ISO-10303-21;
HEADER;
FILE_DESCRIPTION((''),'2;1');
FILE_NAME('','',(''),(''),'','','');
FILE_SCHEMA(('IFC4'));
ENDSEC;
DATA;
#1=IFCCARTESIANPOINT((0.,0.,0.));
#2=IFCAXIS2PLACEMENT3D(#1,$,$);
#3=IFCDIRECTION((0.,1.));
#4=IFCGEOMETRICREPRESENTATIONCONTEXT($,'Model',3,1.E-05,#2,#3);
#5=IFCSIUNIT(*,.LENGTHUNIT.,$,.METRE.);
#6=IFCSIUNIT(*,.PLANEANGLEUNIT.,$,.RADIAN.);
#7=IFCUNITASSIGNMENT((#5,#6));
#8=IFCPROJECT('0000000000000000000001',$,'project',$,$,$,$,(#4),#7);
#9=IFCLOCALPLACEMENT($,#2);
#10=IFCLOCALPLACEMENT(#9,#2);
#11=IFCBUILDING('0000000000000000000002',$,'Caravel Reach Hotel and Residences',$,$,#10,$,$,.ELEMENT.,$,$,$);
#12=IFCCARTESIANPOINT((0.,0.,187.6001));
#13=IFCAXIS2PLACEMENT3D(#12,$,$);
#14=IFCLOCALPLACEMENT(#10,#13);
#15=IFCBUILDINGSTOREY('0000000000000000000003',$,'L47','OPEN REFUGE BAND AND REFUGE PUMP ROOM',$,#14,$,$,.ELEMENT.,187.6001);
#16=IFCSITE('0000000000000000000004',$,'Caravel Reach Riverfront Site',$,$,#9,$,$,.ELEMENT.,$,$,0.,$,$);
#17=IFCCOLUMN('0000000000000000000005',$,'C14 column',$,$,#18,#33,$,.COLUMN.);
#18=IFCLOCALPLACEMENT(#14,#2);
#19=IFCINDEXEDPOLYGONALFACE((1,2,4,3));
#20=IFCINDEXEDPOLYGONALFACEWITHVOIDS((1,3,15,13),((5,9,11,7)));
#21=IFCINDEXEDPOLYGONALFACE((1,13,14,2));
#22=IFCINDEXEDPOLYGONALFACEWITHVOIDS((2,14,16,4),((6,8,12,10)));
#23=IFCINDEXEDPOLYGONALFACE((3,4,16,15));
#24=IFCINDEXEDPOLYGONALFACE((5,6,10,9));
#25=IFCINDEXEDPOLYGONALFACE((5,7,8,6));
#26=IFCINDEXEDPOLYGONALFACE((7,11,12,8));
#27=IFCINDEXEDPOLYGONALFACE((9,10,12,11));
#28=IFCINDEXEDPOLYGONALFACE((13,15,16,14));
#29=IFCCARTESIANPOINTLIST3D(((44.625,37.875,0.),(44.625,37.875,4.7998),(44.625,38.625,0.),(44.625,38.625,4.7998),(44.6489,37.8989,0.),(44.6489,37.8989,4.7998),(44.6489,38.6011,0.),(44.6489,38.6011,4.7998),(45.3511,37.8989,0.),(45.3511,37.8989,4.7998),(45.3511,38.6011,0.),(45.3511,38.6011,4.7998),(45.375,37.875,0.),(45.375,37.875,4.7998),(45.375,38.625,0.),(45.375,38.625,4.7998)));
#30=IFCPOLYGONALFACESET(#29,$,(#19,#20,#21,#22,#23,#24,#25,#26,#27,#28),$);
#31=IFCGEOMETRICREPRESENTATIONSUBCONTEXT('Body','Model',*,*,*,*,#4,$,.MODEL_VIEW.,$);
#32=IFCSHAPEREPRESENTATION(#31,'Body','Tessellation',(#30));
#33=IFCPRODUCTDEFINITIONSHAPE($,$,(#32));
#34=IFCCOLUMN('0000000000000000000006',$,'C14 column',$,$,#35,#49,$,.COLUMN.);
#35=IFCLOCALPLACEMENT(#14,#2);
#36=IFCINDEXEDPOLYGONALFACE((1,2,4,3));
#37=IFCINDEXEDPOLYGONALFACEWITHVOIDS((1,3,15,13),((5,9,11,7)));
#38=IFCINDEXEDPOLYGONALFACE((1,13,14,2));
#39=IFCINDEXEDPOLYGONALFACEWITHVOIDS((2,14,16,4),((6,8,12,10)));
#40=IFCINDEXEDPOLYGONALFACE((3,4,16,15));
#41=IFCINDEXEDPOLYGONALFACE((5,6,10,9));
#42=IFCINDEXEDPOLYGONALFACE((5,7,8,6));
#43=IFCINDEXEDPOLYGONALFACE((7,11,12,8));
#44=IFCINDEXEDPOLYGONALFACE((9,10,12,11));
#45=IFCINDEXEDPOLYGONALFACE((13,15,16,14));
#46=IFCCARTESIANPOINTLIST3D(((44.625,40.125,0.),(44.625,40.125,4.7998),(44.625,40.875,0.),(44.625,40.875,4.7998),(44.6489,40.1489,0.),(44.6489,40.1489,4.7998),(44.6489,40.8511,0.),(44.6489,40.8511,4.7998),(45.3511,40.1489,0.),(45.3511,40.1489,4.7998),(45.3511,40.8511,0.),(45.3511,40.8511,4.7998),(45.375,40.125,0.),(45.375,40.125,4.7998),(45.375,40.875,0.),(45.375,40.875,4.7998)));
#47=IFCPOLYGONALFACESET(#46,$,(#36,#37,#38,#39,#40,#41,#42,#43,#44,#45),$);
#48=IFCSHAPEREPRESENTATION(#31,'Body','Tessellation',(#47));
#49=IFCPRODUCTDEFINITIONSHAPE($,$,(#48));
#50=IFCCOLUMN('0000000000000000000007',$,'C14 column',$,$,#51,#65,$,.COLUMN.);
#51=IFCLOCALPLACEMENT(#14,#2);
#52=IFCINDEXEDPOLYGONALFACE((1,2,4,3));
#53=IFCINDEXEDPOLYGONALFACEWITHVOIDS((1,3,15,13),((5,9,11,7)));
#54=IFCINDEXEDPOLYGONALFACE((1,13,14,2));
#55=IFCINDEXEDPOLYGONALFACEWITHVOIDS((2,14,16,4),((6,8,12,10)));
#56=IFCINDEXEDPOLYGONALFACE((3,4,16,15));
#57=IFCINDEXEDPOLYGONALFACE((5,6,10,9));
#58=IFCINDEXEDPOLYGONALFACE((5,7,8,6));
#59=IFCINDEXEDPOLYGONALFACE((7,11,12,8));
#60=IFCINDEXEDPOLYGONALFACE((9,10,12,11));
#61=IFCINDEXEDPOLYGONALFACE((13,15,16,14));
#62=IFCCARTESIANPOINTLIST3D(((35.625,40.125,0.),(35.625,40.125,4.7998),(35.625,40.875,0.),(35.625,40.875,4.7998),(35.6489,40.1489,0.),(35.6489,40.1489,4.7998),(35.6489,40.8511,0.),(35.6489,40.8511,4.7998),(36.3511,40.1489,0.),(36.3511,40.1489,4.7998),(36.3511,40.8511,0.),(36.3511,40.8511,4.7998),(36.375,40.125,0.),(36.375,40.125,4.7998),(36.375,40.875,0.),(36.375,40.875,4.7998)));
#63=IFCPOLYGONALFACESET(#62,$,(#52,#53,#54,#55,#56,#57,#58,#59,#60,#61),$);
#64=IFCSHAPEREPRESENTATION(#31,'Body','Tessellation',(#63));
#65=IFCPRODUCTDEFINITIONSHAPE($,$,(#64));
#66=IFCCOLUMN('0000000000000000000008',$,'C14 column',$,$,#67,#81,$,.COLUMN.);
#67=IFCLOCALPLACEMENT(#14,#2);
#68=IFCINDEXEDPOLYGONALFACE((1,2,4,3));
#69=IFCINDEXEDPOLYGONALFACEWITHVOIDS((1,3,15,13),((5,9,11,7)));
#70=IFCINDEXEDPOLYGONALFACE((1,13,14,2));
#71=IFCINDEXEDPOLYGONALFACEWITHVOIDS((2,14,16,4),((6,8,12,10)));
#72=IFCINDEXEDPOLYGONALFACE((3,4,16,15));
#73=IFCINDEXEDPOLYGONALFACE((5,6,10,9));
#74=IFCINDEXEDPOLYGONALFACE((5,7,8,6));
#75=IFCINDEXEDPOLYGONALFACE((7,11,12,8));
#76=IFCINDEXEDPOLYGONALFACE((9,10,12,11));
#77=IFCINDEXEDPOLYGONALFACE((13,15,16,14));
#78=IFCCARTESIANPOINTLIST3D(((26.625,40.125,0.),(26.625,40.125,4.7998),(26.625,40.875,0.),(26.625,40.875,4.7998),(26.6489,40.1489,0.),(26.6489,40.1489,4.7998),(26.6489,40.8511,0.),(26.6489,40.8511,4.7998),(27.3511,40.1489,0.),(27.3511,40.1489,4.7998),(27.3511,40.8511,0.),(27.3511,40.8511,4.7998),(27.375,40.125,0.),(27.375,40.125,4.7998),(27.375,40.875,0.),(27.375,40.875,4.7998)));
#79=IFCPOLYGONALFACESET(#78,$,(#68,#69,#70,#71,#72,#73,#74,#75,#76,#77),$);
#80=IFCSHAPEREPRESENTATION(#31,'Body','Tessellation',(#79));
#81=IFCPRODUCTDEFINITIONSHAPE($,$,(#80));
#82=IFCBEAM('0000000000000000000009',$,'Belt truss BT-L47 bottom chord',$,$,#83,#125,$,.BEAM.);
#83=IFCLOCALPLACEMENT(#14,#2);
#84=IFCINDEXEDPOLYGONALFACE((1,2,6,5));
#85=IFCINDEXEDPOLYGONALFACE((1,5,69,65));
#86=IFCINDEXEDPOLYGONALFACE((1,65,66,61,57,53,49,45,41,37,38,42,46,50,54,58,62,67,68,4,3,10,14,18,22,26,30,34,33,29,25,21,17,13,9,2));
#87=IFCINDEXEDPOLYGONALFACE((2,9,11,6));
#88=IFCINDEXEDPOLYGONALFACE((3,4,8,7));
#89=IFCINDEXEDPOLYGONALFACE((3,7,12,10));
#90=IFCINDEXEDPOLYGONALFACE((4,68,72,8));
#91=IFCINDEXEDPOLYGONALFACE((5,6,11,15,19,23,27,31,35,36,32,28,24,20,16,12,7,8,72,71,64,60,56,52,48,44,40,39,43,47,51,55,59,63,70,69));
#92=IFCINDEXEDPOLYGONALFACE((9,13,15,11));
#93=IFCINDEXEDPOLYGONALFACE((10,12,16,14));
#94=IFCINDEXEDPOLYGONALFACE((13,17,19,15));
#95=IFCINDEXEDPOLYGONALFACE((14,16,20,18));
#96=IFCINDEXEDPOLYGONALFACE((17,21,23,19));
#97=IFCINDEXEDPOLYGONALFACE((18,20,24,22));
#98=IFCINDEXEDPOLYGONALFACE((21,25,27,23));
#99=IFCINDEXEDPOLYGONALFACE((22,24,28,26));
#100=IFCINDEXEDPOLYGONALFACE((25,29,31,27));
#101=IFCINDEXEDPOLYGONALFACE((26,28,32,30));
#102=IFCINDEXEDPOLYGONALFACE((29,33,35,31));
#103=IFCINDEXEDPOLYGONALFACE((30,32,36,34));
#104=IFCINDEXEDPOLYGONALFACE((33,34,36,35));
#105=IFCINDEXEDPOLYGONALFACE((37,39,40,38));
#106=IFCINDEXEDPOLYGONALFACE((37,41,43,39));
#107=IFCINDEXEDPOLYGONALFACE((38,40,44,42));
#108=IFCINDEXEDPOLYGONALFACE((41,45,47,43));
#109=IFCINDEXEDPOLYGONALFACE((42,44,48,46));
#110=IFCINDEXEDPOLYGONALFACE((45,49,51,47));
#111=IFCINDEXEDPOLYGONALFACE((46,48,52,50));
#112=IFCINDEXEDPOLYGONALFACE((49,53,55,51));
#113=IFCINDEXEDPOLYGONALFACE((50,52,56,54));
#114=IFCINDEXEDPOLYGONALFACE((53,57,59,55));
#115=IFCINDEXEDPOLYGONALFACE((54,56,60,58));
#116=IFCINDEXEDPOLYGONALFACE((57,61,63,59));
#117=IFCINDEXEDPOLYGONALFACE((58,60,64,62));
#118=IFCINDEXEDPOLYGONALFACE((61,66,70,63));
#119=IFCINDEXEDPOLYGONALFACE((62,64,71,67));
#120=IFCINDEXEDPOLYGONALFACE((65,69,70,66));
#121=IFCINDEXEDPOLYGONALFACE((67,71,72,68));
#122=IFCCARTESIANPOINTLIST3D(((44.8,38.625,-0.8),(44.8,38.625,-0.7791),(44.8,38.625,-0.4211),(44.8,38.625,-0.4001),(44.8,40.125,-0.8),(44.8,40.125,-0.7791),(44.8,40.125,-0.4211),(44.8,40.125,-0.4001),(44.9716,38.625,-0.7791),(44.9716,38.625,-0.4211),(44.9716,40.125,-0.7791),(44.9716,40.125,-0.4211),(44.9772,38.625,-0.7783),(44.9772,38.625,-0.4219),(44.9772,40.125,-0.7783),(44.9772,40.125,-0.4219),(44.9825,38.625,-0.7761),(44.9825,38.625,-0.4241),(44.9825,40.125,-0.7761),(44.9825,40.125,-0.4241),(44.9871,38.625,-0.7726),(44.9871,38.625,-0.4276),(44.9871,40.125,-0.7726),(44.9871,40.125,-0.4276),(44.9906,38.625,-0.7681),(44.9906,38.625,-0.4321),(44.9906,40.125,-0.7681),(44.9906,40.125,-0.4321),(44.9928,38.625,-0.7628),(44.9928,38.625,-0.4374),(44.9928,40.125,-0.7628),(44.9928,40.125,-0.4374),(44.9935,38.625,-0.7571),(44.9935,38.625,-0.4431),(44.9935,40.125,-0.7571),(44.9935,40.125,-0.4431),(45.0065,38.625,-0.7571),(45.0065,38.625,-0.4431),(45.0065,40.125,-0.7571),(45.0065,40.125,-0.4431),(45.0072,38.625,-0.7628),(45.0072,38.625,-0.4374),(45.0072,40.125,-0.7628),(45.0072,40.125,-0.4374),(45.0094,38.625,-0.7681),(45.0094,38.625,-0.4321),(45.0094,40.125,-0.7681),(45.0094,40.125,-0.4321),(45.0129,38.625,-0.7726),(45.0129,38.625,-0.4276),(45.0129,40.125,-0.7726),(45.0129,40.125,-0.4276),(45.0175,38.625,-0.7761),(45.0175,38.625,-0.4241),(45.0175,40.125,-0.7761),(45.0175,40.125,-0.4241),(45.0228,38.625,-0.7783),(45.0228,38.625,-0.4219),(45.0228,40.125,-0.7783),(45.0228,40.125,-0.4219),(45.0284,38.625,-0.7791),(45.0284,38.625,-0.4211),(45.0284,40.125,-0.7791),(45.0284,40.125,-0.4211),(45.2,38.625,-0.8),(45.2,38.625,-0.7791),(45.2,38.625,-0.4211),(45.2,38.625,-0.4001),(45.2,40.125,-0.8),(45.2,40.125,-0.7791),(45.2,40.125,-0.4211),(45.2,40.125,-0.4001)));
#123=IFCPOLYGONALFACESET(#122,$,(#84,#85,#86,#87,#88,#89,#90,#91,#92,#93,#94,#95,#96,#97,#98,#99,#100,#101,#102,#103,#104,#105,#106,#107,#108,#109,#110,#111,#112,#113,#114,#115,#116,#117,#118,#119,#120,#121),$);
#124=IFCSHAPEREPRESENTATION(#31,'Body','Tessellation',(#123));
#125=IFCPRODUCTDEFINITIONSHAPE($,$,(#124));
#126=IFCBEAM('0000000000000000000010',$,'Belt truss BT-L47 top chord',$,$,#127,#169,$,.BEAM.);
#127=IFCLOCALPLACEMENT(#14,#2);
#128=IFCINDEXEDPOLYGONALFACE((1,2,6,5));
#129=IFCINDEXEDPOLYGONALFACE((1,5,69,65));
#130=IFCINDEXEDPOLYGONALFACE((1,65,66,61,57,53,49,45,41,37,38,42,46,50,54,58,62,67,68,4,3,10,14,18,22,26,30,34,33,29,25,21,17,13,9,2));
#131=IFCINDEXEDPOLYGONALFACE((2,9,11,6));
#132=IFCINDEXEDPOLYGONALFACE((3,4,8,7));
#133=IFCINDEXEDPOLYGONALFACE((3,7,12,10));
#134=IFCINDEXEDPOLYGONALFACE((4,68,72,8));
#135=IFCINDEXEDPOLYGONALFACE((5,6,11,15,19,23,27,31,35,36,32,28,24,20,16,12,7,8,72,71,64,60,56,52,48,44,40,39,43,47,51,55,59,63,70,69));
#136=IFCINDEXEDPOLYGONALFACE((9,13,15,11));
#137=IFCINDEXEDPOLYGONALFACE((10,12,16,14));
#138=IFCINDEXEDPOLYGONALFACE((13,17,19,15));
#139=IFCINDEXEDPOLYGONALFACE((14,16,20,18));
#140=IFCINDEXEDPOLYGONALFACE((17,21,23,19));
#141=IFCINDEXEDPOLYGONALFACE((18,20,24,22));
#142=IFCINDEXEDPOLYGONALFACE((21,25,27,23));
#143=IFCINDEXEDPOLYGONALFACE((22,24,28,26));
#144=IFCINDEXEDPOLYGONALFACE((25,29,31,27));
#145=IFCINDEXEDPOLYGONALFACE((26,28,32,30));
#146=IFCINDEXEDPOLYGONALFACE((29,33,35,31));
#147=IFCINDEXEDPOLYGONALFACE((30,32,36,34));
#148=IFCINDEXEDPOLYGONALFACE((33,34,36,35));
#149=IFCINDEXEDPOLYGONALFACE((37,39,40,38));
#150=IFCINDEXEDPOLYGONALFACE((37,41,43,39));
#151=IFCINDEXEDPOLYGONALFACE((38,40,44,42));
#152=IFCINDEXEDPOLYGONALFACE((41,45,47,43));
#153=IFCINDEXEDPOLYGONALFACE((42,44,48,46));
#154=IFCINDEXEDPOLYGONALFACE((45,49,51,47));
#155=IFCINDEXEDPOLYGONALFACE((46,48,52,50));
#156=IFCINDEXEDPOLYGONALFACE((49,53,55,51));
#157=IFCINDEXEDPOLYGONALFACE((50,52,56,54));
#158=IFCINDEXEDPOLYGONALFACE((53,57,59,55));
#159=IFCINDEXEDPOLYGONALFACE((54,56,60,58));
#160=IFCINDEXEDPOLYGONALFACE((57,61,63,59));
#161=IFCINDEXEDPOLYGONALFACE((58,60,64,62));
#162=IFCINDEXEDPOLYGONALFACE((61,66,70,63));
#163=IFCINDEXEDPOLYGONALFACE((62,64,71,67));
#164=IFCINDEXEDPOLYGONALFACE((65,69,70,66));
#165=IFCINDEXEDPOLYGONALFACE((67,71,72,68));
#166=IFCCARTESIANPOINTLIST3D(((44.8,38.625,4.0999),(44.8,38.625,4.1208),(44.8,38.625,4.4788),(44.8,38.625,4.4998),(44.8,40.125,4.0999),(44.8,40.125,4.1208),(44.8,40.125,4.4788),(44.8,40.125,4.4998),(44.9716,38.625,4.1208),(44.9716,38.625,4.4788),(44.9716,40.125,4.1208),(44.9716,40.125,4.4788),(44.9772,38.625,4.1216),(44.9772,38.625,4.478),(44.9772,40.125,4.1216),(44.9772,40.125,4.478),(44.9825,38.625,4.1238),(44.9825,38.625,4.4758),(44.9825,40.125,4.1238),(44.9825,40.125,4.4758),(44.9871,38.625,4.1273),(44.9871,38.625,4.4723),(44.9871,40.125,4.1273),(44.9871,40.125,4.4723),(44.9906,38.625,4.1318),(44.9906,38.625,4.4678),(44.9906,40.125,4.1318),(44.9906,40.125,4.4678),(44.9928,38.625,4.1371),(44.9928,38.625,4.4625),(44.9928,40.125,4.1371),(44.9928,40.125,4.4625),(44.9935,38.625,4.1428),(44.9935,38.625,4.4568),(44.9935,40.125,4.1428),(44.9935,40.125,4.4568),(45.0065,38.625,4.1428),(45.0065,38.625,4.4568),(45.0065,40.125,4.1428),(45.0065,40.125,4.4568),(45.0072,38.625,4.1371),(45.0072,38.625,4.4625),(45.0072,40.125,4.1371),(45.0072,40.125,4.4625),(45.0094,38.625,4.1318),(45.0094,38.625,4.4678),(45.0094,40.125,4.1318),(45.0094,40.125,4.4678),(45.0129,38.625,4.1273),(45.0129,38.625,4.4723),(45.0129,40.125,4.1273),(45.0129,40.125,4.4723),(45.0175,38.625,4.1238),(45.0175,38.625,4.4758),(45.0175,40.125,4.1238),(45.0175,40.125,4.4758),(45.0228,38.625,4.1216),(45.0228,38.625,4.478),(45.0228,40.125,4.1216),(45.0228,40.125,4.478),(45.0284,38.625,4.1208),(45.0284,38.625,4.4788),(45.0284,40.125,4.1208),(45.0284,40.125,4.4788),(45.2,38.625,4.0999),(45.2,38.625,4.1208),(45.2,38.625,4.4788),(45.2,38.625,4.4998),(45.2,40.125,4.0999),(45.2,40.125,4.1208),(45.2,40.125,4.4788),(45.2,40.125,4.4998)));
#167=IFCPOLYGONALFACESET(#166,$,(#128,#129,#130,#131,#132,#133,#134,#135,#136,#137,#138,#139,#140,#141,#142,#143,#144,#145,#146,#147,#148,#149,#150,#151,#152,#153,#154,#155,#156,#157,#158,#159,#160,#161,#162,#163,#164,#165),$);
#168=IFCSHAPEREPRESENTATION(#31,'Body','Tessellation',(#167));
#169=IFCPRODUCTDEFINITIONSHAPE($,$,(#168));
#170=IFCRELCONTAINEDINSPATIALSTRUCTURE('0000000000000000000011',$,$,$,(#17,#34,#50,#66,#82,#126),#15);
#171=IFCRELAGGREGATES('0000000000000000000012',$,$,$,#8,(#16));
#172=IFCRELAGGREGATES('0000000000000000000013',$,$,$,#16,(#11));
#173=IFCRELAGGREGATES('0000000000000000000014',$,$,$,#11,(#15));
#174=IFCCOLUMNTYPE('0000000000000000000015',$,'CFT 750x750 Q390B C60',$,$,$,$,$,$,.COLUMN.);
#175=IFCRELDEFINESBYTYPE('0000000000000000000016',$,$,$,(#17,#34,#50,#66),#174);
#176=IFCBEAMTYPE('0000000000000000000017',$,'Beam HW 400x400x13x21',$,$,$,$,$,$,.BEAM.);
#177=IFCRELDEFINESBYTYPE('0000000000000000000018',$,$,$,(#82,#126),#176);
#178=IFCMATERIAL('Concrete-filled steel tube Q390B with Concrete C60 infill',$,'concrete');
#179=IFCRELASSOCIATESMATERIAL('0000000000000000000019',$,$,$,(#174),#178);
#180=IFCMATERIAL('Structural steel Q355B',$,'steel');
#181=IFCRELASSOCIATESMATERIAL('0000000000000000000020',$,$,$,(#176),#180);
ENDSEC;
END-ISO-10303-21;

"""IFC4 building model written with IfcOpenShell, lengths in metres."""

from ifc_helpers import new_model, si_unit, direction, frame, origin, origin_2d, place, context, subcontext, project, spatial, hollow_rectangle, i_section, extrude, material, material_profile, profile_set, type_object, element, save


model = new_model("IFC4")

# Units and contexts
model_context = context("Model", 3, precision=1e-05, world=origin(), true_north=direction((0.0, 1.0)))
body_context = subcontext(model_context, "Body", "Model", "MODEL_VIEW")
ifc_project = project(units=[si_unit("LENGTHUNIT", "METRE"), si_unit("PLANEANGLEUNIT", "RADIAN")], contexts=[model_context])

# Site, building, storey
site_placement = place(None, origin())
site = spatial("IfcSite", under=ifc_project, at=site_placement, Name="Caravel Reach Riverfront Site", CompositionType="ELEMENT", RefElevation=0.0)
building_placement = place(site_placement, origin())
building = spatial("IfcBuilding", under=site, at=building_placement, Name="Caravel Reach Hotel and Residences", CompositionType="ELEMENT")
storey_placement = place(building_placement, frame((0.0, 0.0, 187.6001)))
storey = spatial("IfcBuildingStorey", under=building, at=storey_placement, Name="L47", Description="OPEN REFUGE BAND AND REFUGE PUMP ROOM", CompositionType="ELEMENT", Elevation=187.6001)

# Columns
ifc_material_1 = material(Name="Concrete-filled steel tube Q390B with Concrete C60 infill", Category="concrete")
ifc_material_profile_1 = material_profile(ifc_material_1, hollow_rectangle(XDim=0.75, YDim=0.75, WallThickness=0.0239, at=origin_2d()), Name="RHS 750x750x24")
ifc_profile_set_1 = profile_set([ifc_material_profile_1], Name="Concrete-filled steel tube Q390B with Concrete C60 infill")
column_type = type_object("IfcColumnType", Name="CFT 750x750 Q390B C60", PredefinedType="COLUMN", material=ifc_profile_set_1)
for number, where, z_axis, x_axis, name in (
    (1, (45.0, 38.25, 0.0), (0.0, 0.0, 1.0), (1.0, 0.0, 0.0), "C14 column"),
    (2, (45.0, 40.5, 0.0), (0.0, 0.0, 1.0), (1.0, 0.0, 0.0), "C14 column"),
    (3, (36.0, 40.5, 0.0), (0.0, 0.0, 1.0), (1.0, 0.0, 0.0), "C14 column"),
    (4, (27.0, 40.5, 0.0), (0.0, 0.0, 1.0), (1.0, 0.0, 0.0), "C14 column"),
):
    element("IfcColumn", number, at=place(storey_placement, frame(where, z_axis=z_axis, x_axis=x_axis)), inside=storey, type_object=column_type, Name=name, PredefinedType="COLUMN", context=body_context, shape_type="SweptSolid", body=[
        extrude(hollow_rectangle(XDim=0.75, YDim=0.75, WallThickness=0.0239, at=origin_2d()), origin(), (0.0, 0.0, 1.0), 4.7998),
    ])

# Beams
ifc_material_2 = material(Name="Structural steel Q355B", Category="steel")
ifc_material_profile_2 = material_profile(ifc_material_2, i_section(OverallWidth=0.3999, OverallDepth=0.3999, WebThickness=0.0129, FlangeThickness=0.021, FilletRadius=0.022, at=origin_2d()), Name="HW 400x400x13x21")
ifc_profile_set_2 = profile_set([ifc_material_profile_2], Name="Structural steel Q355B")
beam_type = type_object("IfcBeamType", Name="Beam HW 400x400x13x21", PredefinedType="BEAM", material=ifc_profile_set_2)
for number, where, z_axis, x_axis, name in (
    (5, (45.0, 38.625, -0.6001), (0.0, 1.0, 0.0), (-1.0, 0.0, 0.0), "Belt truss BT-L47 bottom chord"),
    (6, (45.0, 38.625, 4.2998), (0.0, 1.0, 0.0), (-1.0, 0.0, 0.0), "Belt truss BT-L47 top chord"),
):
    element("IfcBeam", number, at=place(storey_placement, frame(where, z_axis=z_axis, x_axis=x_axis)), inside=storey, type_object=beam_type, Name=name, PredefinedType="BEAM", context=body_context, shape_type="SweptSolid", body=[
        extrude(i_section(OverallWidth=0.3999, OverallDepth=0.3999, WebThickness=0.0129, FlangeThickness=0.021, FilletRadius=0.022, at=origin_2d()), origin(), (0.0, 0.0, 1.0), 1.5),
    ])

save(model, "model.ifc")
